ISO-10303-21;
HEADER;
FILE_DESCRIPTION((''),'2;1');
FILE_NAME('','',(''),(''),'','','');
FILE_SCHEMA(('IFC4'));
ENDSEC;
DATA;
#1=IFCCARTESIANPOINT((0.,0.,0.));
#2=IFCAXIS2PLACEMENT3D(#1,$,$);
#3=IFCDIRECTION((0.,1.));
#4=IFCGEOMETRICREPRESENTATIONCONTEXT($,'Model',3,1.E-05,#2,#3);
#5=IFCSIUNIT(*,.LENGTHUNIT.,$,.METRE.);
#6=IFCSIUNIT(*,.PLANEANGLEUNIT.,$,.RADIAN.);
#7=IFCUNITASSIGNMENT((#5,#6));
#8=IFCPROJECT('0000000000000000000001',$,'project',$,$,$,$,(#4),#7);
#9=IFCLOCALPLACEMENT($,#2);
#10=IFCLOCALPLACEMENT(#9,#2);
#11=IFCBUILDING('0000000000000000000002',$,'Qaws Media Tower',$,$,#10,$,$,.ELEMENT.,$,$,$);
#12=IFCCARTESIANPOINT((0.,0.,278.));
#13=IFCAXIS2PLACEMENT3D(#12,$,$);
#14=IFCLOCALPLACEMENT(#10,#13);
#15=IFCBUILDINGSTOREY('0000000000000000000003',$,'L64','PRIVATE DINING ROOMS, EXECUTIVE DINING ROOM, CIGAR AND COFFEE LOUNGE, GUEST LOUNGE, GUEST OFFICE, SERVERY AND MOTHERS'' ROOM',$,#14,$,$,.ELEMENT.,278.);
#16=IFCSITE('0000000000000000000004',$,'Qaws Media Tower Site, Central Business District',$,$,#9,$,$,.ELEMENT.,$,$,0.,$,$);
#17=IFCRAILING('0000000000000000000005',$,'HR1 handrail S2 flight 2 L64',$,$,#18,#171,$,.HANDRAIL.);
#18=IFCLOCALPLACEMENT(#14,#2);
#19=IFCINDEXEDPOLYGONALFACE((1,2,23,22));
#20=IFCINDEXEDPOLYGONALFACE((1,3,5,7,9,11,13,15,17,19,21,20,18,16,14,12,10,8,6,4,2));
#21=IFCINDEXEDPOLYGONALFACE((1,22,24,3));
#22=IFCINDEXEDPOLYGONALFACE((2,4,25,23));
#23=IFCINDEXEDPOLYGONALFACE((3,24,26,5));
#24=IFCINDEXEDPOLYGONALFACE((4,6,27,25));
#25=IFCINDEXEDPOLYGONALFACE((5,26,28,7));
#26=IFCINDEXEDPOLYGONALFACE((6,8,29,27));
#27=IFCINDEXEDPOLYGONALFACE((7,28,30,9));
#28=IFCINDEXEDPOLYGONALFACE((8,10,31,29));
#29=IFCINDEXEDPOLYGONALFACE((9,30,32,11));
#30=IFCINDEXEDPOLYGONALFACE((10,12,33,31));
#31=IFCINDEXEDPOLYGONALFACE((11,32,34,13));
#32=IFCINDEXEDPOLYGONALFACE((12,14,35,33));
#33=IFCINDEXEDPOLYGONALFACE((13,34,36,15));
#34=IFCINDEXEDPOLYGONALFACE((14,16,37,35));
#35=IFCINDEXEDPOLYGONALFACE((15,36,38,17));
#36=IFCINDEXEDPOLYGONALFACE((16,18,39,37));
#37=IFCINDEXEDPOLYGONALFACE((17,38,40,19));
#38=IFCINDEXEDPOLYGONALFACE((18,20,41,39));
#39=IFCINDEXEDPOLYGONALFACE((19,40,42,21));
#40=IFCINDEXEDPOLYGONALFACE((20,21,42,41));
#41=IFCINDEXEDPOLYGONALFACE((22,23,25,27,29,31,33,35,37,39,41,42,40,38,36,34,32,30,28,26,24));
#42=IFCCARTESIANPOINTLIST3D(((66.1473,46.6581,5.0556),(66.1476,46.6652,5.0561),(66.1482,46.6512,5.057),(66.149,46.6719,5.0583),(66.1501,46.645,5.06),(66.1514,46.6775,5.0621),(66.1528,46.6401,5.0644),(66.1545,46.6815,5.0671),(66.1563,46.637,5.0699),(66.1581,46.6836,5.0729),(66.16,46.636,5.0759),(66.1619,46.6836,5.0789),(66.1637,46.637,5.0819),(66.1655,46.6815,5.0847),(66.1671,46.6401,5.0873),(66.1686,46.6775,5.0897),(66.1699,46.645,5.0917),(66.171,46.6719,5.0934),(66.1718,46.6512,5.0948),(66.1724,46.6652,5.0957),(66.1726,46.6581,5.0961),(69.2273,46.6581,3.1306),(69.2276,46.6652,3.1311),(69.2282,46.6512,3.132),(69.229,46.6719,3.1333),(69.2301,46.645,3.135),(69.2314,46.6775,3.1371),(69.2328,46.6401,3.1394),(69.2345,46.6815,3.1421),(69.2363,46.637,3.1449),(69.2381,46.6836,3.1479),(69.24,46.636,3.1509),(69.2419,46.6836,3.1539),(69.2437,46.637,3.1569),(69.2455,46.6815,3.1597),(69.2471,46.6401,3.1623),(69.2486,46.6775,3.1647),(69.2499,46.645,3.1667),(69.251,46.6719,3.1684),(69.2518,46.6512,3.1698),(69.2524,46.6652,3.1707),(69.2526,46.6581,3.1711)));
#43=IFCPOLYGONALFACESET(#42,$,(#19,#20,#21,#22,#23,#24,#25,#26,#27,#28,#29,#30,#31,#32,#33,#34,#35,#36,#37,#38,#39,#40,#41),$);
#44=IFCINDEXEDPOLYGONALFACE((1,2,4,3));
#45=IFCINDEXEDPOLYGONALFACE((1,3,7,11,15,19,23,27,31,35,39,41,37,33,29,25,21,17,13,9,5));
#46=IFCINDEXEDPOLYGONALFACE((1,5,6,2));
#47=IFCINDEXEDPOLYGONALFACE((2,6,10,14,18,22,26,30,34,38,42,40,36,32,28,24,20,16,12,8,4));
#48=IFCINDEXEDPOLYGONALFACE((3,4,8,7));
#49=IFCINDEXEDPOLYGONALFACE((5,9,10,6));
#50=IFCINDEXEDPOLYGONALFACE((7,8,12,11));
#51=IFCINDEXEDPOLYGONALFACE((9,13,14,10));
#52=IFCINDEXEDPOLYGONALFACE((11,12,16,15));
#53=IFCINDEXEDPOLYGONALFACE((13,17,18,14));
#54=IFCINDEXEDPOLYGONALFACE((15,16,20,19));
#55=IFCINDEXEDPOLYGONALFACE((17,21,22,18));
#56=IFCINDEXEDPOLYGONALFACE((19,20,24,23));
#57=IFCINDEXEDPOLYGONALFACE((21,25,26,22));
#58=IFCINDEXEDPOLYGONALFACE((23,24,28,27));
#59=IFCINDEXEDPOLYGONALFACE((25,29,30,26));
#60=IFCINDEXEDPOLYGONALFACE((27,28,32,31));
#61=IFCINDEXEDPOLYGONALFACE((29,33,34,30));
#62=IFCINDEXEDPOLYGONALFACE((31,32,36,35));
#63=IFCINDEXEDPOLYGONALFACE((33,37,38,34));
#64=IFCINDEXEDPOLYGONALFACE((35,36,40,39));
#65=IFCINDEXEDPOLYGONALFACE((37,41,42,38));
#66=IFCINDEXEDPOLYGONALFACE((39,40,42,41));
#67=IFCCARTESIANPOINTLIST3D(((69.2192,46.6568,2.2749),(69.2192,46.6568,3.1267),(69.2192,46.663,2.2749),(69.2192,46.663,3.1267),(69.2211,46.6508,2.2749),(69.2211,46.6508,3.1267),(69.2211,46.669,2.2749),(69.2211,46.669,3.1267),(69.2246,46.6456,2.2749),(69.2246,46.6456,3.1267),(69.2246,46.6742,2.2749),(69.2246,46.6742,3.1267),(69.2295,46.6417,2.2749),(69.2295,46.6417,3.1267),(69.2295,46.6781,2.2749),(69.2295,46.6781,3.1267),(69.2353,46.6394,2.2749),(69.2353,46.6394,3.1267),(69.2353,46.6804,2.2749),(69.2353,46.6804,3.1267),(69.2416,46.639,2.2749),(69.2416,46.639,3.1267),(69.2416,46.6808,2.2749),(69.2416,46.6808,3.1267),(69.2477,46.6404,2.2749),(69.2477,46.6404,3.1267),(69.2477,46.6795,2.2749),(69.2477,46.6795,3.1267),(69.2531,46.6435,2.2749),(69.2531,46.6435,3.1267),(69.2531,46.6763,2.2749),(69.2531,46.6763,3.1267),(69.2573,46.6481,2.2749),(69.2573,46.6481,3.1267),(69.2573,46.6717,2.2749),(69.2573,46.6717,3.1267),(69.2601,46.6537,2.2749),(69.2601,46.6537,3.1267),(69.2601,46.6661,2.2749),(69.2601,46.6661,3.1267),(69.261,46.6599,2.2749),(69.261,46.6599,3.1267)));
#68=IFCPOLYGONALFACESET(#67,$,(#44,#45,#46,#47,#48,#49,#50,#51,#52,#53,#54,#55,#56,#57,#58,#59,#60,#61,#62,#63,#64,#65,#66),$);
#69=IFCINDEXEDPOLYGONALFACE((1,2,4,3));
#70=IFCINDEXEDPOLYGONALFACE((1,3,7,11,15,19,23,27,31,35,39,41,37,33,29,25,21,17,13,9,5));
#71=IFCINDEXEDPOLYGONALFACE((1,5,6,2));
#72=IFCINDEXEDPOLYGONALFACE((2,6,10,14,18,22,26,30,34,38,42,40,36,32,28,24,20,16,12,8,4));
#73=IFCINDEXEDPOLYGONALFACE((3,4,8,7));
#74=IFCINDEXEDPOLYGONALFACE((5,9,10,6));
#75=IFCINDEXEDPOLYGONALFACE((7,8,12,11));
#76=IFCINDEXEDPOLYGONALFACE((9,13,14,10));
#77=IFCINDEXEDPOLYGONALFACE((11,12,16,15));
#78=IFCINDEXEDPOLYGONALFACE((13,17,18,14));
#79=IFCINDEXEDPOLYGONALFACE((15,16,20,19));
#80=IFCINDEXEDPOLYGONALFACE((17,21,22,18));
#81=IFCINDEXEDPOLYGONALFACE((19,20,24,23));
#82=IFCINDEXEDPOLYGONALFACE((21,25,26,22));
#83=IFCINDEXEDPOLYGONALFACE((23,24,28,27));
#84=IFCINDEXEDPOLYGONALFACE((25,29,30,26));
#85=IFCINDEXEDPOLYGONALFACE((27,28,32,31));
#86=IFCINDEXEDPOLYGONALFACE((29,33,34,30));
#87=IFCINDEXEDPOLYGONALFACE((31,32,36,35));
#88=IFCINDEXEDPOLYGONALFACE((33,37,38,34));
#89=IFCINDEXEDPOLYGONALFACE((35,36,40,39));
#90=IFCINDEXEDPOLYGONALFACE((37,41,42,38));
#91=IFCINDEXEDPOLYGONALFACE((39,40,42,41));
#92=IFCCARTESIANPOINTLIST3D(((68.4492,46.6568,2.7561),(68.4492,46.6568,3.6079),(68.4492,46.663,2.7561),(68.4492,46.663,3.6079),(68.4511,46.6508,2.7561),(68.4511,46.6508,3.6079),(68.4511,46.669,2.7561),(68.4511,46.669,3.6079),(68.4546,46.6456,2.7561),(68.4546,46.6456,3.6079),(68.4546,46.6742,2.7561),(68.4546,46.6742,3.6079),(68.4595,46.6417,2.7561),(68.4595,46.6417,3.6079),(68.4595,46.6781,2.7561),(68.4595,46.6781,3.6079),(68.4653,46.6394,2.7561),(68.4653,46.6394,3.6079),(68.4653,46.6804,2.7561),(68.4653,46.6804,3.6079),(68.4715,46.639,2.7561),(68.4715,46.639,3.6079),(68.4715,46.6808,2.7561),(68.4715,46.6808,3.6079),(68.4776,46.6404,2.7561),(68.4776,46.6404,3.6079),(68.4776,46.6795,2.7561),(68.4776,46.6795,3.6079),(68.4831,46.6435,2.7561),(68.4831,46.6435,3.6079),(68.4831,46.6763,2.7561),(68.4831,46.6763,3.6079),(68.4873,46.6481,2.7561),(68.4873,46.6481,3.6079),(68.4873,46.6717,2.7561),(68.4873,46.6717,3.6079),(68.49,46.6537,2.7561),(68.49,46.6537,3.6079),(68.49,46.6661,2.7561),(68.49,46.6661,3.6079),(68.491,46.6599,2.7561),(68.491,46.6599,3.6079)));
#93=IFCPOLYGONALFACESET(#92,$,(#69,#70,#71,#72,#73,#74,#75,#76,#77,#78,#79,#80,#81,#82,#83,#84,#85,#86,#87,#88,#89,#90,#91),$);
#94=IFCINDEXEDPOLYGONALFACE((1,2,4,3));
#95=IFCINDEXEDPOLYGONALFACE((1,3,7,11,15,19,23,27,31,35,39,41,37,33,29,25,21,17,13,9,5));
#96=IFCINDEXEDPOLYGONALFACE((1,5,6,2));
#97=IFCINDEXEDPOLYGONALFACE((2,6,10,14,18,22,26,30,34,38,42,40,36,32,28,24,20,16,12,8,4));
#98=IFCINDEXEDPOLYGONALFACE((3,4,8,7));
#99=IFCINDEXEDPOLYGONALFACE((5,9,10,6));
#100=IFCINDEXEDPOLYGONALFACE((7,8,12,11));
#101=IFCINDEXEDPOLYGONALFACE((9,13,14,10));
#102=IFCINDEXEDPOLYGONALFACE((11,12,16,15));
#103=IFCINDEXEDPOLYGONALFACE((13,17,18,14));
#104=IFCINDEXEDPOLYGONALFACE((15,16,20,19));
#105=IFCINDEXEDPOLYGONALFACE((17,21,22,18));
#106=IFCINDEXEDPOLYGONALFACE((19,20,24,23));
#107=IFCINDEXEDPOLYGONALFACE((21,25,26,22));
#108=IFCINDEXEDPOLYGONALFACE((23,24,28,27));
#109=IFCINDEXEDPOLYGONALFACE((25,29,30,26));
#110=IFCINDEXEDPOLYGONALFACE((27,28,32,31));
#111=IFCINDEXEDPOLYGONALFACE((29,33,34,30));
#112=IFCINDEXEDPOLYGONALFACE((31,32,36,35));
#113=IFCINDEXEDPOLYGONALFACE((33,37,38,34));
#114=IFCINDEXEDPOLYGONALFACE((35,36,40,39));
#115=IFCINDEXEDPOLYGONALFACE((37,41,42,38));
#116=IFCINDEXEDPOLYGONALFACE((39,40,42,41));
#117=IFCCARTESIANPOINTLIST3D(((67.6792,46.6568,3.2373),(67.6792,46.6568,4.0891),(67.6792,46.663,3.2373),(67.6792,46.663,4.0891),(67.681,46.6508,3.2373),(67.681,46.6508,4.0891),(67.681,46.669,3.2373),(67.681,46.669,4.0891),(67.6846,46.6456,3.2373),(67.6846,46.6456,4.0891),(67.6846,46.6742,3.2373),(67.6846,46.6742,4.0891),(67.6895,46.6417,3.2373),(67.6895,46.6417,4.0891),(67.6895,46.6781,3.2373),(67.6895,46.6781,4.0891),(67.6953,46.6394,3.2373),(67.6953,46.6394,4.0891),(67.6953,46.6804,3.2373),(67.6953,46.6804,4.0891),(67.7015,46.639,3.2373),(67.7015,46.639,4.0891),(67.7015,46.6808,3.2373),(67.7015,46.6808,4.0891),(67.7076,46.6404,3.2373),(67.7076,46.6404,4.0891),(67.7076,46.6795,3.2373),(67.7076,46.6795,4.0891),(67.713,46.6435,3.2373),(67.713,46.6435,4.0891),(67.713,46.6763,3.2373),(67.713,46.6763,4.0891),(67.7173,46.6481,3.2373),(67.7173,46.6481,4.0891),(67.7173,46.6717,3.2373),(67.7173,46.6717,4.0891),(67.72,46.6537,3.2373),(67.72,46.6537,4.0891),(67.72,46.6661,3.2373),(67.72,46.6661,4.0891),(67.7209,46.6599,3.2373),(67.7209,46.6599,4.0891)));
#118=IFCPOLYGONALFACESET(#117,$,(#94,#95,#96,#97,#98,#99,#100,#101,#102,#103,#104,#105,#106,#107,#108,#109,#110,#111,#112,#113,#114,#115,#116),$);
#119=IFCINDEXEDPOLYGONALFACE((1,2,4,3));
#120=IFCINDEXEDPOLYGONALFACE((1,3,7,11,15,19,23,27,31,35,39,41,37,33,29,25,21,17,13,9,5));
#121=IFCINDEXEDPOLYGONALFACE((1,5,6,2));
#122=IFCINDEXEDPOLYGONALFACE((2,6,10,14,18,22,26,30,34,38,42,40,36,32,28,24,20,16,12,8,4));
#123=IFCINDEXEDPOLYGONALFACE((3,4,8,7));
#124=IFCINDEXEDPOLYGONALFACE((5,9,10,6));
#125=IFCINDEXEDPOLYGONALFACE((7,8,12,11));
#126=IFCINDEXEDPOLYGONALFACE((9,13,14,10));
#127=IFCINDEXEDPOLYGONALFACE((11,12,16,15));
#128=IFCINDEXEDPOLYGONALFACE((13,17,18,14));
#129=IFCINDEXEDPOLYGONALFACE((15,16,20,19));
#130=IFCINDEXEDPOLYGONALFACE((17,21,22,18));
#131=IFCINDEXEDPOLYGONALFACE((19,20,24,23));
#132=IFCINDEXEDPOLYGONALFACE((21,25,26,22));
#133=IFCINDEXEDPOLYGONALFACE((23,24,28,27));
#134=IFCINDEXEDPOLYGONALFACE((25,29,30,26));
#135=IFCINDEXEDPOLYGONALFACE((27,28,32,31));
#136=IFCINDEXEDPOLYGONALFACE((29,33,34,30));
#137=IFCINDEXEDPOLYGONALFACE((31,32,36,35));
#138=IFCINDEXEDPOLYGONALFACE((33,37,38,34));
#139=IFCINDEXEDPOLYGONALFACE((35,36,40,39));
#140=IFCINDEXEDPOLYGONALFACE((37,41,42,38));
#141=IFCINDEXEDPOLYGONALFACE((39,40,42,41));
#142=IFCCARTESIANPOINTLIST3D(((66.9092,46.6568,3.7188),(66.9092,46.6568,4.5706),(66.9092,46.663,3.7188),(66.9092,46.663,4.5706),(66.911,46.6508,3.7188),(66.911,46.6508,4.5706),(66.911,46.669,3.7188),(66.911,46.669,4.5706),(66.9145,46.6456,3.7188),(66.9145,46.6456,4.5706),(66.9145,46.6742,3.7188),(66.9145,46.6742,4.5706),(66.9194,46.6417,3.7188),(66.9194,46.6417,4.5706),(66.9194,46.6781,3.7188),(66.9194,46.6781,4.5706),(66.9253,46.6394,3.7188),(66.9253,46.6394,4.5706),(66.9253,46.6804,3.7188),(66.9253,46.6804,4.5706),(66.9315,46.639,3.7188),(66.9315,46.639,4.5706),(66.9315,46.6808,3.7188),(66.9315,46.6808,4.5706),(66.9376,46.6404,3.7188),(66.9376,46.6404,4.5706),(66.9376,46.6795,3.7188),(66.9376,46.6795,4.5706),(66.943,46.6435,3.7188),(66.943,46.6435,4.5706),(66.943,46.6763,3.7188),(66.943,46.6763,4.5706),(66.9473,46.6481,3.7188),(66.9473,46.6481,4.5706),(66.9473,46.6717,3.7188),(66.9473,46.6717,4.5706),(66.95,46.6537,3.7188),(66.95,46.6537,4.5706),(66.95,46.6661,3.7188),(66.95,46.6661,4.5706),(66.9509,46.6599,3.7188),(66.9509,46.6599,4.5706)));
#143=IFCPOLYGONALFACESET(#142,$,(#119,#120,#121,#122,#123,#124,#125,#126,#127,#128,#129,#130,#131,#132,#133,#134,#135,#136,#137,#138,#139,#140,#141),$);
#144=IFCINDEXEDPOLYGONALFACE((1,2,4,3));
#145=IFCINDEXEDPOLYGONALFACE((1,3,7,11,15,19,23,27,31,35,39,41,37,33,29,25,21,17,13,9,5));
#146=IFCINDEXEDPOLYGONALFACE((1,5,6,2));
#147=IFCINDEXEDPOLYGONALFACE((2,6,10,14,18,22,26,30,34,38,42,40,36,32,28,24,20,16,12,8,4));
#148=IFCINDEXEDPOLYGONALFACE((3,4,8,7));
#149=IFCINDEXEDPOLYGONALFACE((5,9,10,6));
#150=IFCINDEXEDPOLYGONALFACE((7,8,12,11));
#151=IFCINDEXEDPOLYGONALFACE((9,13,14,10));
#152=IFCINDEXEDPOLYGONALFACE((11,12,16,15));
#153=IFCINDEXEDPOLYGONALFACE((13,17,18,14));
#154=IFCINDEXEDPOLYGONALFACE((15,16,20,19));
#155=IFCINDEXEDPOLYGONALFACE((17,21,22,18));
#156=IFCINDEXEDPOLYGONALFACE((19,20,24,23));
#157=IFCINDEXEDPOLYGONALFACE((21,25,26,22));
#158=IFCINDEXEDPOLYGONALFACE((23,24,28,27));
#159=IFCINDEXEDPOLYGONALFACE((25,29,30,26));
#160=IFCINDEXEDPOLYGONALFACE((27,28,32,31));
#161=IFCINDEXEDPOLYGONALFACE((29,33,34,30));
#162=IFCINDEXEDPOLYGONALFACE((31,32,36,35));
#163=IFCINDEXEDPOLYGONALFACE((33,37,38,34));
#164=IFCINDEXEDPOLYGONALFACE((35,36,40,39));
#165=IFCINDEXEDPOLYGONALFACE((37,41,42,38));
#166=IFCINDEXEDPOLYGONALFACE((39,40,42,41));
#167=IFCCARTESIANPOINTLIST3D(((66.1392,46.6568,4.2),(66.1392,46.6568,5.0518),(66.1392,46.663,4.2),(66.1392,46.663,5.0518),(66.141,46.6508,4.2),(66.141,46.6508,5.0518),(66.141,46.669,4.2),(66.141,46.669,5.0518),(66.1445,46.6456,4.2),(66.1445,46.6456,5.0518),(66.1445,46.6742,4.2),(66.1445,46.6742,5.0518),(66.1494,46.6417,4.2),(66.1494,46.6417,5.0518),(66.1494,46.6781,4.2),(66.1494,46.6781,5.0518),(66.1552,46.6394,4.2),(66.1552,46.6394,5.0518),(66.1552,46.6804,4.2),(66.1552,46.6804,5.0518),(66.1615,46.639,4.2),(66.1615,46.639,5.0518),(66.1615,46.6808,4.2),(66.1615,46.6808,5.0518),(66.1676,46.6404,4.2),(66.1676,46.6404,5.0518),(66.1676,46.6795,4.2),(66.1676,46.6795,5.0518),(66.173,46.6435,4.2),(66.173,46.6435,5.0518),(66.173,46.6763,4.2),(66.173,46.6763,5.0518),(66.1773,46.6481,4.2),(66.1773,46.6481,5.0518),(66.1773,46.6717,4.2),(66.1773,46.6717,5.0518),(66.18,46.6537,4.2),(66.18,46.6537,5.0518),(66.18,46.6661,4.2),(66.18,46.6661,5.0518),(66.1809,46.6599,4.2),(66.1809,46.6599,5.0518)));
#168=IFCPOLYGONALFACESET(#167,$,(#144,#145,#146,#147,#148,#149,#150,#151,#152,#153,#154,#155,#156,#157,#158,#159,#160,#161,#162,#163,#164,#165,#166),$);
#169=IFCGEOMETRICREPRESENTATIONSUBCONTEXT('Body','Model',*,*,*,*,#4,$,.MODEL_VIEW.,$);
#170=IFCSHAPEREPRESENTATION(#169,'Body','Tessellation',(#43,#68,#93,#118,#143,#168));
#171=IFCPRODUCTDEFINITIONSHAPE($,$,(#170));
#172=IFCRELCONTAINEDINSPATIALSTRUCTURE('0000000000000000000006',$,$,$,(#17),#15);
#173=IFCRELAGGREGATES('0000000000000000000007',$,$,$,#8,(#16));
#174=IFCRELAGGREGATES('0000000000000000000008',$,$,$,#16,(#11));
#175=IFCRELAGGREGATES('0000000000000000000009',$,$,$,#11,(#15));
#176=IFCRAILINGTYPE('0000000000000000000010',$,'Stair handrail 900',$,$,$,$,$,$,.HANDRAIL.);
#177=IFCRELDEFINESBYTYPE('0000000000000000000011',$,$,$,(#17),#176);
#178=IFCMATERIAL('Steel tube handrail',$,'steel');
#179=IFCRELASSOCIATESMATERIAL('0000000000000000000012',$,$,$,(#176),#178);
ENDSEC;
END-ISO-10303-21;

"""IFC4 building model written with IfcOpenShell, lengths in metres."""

from ifc_helpers import new_model, si_unit, direction, frame, origin, origin_2d, place, context, subcontext, project, spatial, circle, extrude, material, type_object, element, save


model = new_model("IFC4")

# Units and contexts
model_context = context("Model", 3, precision=1e-05, world=origin(), true_north=direction((0.0, 1.0)))
body_context = subcontext(model_context, "Body", "Model", "MODEL_VIEW")
ifc_project = project(units=[si_unit("LENGTHUNIT", "METRE"), si_unit("PLANEANGLEUNIT", "RADIAN")], contexts=[model_context])

# Site, building, storey
site_placement = place(None, origin())
site = spatial("IfcSite", under=ifc_project, at=site_placement, Name="Qaws Media Tower Site, Central Business District", CompositionType="ELEMENT", RefElevation=0.0)
building_placement = place(site_placement, origin())
building = spatial("IfcBuilding", under=site, at=building_placement, Name="Qaws Media Tower", CompositionType="ELEMENT")
storey_placement = place(building_placement, frame((0.0, 0.0, 278.0)))
storey = spatial("IfcBuildingStorey", under=building, at=storey_placement, Name="L64", Description="PRIVATE DINING ROOMS, EXECUTIVE DINING ROOM, CIGAR AND COFFEE LOUNGE, GUEST LOUNGE, GUEST OFFICE, SERVERY AND MOTHERS' ROOM", CompositionType="ELEMENT", Elevation=278.0)

# Railing
ifc_material_1 = material(Name="Steel tube handrail", Category="steel")
railing_type = type_object("IfcRailingType", Name="Stair handrail 900", PredefinedType="HANDRAIL", material=ifc_material_1)
for number, where, name in (
    (1, (69.24, 46.6599, 2.2749), "HR1 handrail S2 flight 2 L64"),
):
    element("IfcRailing", number, at=place(storey_placement, frame(where)), inside=storey, type_object=railing_type, Name=name, PredefinedType="HANDRAIL", context=body_context, shape_type="SweptSolid", body=[
        extrude(circle(Radius=0.0239, at=origin_2d()), frame((0.0, 0.0, 0.876), z_axis=(-0.847998, 0.0, 0.529999), x_axis=(0.0, -1.0, 0.0)), (0.0, 0.0, 1.0), 3.6321),
        extrude(circle(Radius=0.021, at=origin_2d()), origin(), (0.0, 0.0, 1.0), 0.8518),
        extrude(circle(Radius=0.021, at=origin_2d()), frame((-0.77, 0.0, 0.4812)), (0.0, 0.0, 1.0), 0.8518),
        extrude(circle(Radius=0.021, at=origin_2d()), frame((-1.54, 0.0, 0.9624)), (0.0, 0.0, 1.0), 0.8518),
        extrude(circle(Radius=0.021, at=origin_2d()), frame((-2.3101, 0.0, 1.4438)), (0.0, 0.0, 1.0), 0.8518),
        extrude(circle(Radius=0.021, at=origin_2d()), frame((-3.0801, 0.0, 1.925)), (0.0, 0.0, 1.0), 0.8518),
    ])

save(model, "model.ifc")
